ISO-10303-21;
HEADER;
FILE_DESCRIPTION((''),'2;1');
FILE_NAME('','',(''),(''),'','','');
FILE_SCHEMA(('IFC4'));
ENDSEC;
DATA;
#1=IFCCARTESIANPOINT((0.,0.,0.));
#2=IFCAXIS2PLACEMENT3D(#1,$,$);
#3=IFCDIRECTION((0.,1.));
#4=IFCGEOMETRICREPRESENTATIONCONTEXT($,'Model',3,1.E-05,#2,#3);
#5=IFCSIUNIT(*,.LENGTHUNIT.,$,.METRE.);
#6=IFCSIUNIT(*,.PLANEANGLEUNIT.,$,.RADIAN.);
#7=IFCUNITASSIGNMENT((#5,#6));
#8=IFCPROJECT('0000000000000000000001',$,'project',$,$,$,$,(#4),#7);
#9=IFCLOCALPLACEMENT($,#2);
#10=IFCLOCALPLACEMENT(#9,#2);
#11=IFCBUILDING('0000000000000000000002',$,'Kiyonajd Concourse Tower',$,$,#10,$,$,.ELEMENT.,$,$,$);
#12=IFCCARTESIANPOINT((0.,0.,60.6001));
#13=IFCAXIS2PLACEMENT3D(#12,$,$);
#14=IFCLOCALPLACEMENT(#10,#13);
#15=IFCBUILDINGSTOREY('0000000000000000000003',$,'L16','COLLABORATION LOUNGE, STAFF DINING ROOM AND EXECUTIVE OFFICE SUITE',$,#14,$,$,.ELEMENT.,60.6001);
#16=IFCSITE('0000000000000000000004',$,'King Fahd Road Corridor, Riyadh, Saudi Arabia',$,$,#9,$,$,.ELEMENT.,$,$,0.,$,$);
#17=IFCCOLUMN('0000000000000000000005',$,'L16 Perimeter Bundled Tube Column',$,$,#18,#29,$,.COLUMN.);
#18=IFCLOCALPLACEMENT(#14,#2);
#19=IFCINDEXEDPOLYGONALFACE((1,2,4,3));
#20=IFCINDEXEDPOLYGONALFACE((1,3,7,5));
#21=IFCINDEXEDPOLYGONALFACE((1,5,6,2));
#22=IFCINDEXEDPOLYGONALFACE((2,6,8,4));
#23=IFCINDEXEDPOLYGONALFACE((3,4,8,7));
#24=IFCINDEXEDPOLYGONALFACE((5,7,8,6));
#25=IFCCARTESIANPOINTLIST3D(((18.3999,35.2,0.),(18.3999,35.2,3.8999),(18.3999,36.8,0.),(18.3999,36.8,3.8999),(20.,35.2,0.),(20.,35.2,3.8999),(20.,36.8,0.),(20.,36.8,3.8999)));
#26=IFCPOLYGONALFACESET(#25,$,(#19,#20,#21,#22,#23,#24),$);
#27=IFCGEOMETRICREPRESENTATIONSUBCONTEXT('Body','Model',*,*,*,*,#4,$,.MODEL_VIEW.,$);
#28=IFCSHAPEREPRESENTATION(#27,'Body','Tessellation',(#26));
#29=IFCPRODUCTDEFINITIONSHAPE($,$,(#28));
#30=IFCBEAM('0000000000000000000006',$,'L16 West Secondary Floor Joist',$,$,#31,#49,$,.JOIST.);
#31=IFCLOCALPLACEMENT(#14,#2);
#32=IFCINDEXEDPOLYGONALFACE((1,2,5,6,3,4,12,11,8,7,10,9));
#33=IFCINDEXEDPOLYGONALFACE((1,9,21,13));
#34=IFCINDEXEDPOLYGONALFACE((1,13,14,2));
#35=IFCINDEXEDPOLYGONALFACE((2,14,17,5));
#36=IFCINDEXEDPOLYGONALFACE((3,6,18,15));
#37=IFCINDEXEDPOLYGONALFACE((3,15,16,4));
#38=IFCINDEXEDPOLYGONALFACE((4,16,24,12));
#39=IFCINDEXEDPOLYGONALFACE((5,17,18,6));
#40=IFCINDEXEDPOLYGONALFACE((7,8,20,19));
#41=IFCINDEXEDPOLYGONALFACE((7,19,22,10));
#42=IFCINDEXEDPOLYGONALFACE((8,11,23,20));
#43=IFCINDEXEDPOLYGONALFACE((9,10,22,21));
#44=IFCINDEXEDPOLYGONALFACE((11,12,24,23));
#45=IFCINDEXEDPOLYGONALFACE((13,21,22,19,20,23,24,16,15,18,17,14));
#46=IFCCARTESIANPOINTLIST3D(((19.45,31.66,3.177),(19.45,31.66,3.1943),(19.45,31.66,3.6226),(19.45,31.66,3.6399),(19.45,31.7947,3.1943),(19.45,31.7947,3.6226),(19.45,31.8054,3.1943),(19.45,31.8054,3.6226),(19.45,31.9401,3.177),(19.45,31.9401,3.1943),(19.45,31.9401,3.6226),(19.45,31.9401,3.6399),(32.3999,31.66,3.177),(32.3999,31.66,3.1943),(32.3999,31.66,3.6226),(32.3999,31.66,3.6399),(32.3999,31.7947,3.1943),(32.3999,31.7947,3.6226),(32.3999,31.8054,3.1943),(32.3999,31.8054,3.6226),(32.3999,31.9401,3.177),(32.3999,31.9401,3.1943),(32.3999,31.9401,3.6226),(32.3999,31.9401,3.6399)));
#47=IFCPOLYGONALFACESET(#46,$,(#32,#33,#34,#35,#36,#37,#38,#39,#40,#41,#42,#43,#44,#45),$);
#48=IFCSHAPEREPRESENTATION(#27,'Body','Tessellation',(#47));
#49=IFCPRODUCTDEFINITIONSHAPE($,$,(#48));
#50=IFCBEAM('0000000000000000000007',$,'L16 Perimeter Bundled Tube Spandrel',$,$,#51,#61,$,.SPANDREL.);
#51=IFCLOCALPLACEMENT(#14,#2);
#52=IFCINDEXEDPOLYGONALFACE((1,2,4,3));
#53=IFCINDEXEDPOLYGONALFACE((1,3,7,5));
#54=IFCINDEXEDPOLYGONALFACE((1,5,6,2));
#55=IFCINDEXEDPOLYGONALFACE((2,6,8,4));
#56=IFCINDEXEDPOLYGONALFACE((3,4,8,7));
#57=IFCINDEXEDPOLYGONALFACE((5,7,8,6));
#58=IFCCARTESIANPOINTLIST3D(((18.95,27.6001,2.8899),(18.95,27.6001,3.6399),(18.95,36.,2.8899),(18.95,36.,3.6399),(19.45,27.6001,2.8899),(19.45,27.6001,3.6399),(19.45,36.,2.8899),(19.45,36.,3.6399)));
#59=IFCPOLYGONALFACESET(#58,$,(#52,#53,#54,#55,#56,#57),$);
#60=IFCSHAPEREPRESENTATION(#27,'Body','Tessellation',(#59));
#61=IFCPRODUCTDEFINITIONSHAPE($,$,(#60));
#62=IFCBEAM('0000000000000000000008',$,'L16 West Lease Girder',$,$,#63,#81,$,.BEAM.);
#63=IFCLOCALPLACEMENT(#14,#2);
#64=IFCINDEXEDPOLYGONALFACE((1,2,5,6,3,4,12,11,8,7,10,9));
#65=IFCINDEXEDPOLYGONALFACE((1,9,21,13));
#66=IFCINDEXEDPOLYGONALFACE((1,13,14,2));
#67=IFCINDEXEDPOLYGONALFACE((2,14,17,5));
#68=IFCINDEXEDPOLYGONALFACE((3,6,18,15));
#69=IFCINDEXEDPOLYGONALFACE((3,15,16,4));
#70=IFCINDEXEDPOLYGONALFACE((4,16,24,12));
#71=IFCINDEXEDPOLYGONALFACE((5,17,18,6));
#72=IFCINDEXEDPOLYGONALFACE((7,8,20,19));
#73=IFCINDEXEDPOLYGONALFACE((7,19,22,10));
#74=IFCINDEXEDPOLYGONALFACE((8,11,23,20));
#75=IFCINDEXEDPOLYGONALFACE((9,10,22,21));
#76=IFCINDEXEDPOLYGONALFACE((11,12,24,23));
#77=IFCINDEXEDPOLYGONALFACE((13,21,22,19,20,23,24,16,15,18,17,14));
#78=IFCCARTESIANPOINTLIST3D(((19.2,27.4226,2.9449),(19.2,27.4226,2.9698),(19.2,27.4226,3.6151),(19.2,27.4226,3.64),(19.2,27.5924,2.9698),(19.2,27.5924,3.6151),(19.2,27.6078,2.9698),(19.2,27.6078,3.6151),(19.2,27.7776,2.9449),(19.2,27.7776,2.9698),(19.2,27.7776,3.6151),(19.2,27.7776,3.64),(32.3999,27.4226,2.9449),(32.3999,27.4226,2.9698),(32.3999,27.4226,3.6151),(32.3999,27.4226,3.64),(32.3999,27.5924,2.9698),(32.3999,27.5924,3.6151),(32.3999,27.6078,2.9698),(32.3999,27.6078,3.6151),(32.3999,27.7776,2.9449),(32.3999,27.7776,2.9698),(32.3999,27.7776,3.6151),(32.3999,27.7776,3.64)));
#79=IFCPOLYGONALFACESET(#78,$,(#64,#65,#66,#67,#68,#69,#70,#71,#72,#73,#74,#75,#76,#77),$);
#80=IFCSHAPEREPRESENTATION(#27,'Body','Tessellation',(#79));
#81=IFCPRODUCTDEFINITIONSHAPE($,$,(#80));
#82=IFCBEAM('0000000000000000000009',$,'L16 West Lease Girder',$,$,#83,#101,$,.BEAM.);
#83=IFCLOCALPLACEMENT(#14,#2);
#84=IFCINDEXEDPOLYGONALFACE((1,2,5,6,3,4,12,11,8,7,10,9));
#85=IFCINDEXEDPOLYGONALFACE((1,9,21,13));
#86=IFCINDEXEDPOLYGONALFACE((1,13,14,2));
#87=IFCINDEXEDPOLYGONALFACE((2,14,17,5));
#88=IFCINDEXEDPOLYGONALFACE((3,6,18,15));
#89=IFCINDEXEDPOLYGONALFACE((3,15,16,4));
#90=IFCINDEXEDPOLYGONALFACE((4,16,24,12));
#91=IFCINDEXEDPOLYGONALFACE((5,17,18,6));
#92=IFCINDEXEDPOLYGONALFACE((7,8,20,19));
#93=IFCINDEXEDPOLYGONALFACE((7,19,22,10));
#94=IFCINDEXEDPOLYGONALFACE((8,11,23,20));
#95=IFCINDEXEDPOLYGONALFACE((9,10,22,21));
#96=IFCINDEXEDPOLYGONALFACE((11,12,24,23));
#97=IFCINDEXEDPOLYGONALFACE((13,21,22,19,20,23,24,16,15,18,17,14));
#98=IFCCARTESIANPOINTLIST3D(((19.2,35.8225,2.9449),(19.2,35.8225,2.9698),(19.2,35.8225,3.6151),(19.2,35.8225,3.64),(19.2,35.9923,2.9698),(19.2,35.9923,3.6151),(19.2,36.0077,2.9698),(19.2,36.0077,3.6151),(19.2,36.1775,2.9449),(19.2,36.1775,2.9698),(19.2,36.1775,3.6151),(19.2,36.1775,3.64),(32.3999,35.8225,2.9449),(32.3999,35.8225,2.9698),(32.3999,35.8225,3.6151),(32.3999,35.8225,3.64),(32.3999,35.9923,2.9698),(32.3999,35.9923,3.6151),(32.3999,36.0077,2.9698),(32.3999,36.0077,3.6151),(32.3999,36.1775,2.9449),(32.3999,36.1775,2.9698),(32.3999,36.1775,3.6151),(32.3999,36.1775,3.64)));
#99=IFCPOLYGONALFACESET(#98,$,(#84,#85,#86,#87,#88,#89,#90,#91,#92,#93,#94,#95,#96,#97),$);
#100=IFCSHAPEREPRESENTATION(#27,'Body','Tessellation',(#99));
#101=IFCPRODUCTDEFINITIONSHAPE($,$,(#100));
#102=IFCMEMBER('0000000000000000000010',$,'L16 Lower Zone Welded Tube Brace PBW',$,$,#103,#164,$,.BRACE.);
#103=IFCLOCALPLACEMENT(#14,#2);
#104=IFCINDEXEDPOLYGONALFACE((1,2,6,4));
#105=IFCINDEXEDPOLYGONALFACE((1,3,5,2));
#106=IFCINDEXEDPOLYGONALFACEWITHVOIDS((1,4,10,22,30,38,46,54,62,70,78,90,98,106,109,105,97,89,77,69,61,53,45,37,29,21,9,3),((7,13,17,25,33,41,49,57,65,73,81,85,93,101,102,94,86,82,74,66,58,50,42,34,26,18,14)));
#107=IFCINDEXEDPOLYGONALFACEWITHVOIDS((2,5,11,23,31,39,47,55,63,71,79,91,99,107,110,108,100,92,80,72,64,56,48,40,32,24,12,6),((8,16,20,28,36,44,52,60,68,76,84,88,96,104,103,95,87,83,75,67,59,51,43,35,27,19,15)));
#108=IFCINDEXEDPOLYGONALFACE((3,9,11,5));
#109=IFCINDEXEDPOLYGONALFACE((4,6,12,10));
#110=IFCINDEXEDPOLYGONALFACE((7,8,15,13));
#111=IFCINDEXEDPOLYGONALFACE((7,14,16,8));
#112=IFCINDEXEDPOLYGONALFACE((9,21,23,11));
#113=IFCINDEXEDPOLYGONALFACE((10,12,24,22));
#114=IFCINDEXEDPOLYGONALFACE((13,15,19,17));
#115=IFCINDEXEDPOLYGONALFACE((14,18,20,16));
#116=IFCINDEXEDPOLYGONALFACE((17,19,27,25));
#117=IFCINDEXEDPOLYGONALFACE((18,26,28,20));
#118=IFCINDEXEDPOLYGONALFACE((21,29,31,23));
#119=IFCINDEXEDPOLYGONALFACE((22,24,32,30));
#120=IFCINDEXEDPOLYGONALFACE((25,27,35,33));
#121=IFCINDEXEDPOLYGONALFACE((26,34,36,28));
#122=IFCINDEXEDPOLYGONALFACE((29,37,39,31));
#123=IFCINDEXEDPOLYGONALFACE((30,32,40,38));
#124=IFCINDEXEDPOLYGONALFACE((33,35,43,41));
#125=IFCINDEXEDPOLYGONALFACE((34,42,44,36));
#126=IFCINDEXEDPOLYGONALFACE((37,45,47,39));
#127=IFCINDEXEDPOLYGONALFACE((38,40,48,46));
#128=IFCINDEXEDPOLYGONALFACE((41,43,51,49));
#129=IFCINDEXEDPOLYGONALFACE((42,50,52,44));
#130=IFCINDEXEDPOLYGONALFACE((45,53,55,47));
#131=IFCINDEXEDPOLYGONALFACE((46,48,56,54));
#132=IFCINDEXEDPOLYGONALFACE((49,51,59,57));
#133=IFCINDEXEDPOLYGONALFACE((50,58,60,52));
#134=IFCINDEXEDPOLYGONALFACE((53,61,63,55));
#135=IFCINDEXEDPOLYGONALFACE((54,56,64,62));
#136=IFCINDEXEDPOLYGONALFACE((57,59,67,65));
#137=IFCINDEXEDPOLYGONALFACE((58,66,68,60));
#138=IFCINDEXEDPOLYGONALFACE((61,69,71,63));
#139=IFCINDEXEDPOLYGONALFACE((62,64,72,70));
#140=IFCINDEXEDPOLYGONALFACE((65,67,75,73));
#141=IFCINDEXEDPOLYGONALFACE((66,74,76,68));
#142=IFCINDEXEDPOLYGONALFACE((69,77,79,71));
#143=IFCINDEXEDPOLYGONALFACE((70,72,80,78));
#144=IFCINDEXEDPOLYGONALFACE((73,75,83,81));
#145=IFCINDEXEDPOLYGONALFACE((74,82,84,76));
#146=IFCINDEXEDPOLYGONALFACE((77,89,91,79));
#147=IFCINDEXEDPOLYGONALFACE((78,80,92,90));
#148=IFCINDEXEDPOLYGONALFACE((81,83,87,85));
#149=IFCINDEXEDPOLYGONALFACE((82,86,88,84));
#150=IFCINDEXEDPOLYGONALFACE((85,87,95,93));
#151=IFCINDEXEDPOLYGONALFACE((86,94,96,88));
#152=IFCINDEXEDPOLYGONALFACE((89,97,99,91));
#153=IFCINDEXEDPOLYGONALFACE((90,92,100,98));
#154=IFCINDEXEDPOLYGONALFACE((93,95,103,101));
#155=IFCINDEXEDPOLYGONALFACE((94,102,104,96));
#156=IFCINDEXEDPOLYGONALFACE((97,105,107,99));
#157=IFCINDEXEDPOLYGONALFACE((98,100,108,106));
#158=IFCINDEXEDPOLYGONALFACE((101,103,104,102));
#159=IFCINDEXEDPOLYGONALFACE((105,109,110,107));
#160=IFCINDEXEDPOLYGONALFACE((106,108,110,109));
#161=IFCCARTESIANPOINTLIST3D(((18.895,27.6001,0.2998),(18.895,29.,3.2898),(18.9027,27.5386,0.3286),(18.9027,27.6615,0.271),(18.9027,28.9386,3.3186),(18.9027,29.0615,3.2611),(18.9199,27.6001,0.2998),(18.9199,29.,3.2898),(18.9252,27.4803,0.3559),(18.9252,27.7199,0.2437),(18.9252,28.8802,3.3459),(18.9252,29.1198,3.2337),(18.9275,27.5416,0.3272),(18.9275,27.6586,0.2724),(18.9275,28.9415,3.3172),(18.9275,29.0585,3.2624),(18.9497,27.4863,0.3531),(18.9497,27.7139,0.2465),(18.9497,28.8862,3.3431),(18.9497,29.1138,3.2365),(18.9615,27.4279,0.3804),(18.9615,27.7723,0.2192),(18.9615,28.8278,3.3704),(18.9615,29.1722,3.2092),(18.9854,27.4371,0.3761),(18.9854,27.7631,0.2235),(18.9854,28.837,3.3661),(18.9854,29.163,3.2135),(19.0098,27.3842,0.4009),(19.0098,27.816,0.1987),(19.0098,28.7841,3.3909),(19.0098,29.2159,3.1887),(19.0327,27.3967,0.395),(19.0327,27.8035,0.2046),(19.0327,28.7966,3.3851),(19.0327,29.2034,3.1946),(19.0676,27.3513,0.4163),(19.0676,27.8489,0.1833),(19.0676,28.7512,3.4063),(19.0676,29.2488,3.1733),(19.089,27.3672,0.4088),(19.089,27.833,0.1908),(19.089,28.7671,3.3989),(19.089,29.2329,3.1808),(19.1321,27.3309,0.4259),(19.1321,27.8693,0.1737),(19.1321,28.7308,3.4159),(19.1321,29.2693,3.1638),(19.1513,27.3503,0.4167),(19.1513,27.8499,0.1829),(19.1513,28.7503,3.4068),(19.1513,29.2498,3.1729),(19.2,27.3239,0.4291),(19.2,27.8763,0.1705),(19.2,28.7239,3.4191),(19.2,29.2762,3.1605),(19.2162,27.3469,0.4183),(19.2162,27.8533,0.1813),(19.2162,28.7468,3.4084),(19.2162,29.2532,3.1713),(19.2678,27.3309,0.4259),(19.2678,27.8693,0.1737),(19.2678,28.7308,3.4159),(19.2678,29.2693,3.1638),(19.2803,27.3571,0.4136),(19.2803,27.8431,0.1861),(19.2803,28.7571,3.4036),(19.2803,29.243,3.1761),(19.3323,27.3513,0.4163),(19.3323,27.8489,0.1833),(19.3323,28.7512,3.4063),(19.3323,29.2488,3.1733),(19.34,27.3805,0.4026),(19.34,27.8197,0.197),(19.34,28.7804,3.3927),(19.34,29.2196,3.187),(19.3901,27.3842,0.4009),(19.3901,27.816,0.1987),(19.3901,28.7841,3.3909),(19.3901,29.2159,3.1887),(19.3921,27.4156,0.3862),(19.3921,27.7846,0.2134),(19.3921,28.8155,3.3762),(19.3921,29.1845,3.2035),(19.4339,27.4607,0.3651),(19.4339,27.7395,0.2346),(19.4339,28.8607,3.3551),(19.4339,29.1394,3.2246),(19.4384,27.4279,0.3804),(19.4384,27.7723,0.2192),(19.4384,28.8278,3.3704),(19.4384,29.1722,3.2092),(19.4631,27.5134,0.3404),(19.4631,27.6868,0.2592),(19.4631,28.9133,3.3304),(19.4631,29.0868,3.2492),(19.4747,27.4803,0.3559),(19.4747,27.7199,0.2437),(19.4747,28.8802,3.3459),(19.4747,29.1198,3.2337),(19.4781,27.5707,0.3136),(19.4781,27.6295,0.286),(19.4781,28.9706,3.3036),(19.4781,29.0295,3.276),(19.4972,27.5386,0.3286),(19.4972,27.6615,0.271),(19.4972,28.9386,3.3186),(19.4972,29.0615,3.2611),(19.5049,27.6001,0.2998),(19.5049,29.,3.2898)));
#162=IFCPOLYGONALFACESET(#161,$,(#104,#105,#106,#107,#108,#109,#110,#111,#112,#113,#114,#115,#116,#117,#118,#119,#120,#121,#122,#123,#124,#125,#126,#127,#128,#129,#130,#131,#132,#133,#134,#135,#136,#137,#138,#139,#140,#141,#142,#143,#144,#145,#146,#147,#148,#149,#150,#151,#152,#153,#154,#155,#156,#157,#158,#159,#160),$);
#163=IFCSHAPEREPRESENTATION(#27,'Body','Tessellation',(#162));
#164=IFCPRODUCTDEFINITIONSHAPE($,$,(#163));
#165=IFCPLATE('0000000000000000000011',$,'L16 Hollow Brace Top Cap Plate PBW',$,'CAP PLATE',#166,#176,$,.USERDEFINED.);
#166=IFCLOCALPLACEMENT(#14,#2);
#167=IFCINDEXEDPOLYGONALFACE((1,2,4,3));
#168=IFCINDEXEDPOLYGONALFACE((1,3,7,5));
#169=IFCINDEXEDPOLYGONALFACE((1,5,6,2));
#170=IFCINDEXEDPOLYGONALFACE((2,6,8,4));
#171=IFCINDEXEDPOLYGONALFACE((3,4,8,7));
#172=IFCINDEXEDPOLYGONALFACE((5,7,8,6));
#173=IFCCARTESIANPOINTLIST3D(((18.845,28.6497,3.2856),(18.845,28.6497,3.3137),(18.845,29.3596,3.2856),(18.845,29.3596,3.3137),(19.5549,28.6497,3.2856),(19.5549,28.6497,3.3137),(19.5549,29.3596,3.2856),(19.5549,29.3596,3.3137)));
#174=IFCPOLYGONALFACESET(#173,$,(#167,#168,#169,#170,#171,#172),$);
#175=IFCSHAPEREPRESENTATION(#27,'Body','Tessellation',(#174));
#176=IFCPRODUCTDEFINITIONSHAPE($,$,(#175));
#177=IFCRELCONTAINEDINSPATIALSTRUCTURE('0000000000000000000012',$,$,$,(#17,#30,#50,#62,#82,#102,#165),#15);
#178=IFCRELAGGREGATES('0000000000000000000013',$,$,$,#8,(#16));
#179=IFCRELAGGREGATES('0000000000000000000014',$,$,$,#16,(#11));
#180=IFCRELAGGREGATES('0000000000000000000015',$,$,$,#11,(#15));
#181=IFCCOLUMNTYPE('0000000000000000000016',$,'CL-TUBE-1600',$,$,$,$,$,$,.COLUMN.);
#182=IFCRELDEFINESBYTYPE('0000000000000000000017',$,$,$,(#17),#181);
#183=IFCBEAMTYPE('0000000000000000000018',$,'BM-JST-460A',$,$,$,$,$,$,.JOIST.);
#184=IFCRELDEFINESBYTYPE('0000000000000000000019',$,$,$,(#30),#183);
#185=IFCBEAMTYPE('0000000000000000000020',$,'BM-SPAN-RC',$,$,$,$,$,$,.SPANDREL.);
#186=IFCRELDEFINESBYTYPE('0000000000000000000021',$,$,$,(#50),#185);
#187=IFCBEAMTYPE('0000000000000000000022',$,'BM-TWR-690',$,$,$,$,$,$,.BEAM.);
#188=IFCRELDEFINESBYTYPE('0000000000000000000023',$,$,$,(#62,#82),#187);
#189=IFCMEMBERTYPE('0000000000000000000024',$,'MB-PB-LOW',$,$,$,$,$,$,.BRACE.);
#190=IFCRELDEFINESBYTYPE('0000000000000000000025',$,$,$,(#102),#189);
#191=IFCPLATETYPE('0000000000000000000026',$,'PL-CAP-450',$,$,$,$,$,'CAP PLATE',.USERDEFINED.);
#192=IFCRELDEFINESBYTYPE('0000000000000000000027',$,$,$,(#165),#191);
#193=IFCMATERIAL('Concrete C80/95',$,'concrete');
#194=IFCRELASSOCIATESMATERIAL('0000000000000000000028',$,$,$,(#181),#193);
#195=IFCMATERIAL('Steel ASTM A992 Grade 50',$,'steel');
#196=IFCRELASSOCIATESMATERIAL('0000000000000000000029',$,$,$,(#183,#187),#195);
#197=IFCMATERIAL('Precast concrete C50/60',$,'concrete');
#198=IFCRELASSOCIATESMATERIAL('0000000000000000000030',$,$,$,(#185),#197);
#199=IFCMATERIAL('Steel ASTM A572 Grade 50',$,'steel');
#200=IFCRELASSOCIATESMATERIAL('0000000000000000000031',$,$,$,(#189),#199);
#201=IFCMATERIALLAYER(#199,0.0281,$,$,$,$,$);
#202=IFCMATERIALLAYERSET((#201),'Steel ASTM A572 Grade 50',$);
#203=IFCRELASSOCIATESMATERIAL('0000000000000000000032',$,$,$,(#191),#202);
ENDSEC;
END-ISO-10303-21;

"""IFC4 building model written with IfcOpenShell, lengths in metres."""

from ifc_helpers import new_model, si_unit, direction, frame, origin, origin_2d, place, context, subcontext, project, spatial, rectangle, hollow_circle, i_section, extrude, material, layer, layer_set, material_profile, profile_set, type_object, element, save


model = new_model("IFC4")

# Units and contexts
model_context = context("Model", 3, precision=1e-05, world=origin(), true_north=direction((0.0, 1.0)))
body_context = subcontext(model_context, "Body", "Model", "MODEL_VIEW")
ifc_project = project(units=[si_unit("LENGTHUNIT", "METRE"), si_unit("PLANEANGLEUNIT", "RADIAN")], contexts=[model_context])

# Site, building, storey
site_placement = place(None, origin())
site = spatial("IfcSite", under=ifc_project, at=site_placement, Name="King Fahd Road Corridor, Riyadh, Saudi Arabia", CompositionType="ELEMENT", RefElevation=0.0)
building_placement = place(site_placement, origin())
building = spatial("IfcBuilding", under=site, at=building_placement, Name="Kiyonajd Concourse Tower", CompositionType="ELEMENT")
storey_placement = place(building_placement, frame((0.0, 0.0, 60.6001)))
storey = spatial("IfcBuildingStorey", under=building, at=storey_placement, Name="L16", Description="COLLABORATION LOUNGE, STAFF DINING ROOM AND EXECUTIVE OFFICE SUITE", CompositionType="ELEMENT", Elevation=60.6001)

# Column
ifc_material_1 = material(Name="Concrete C80/95", Category="concrete")
ifc_material_profile_1 = material_profile(ifc_material_1, rectangle(XDim=1.6001, YDim=1.6001, at=origin_2d()), Name="RC-1600x1600")
ifc_profile_set_1 = profile_set([ifc_material_profile_1], Name="Concrete C80/95")
column_type = type_object("IfcColumnType", Name="CL-TUBE-1600", PredefinedType="COLUMN", material=ifc_profile_set_1)
column_placement = place(storey_placement, frame((19.2, 36.0, 0.0), z_axis=(0.0, 0.0, 1.0), x_axis=(1.0, 0.0, 0.0)))
element("IfcColumn", 1, at=column_placement, inside=storey, type_object=column_type, Name="L16 Perimeter Bundled Tube Column", PredefinedType="COLUMN", context=body_context, shape_type="SweptSolid", body=[
    extrude(rectangle(XDim=1.6001, YDim=1.6001, at=origin_2d()), origin(), (0.0, 0.0, 1.0), 3.8999),
])

# Beams
ifc_material_2 = material(Name="Steel ASTM A992 Grade 50", Category="steel")
ifc_material_profile_2 = material_profile(ifc_material_2, i_section(OverallWidth=0.28, OverallDepth=0.4629, WebThickness=0.0107, FlangeThickness=0.0173, at=origin_2d()), Name="W460X113")
ifc_profile_set_2 = profile_set([ifc_material_profile_2], Name="Steel ASTM A992 Grade 50")
beam_type_1 = type_object("IfcBeamType", Name="BM-JST-460A", PredefinedType="JOIST", material=ifc_profile_set_2)
beam_1_placement = place(storey_placement, frame((19.45, 31.8, 3.4084), z_axis=(1.0, 0.0, 0.0), x_axis=(0.0, 1.0, 0.0)))
element("IfcBeam", 2, at=beam_1_placement, inside=storey, type_object=beam_type_1, Name="L16 West Secondary Floor Joist", PredefinedType="JOIST", context=body_context, shape_type="SweptSolid", body=[
    extrude(i_section(OverallWidth=0.28, OverallDepth=0.4629, WebThickness=0.0107, FlangeThickness=0.0173, at=origin_2d()), origin(), (0.0, 0.0, 1.0), 12.95),
])
ifc_material_3 = material(Name="Precast concrete C50/60", Category="concrete")
ifc_material_profile_3 = material_profile(ifc_material_3, rectangle(XDim=0.5, YDim=0.75, at=origin_2d()), Name="RCBM-500x750")
ifc_profile_set_3 = profile_set([ifc_material_profile_3], Name="Precast concrete C50/60")
beam_type_2 = type_object("IfcBeamType", Name="BM-SPAN-RC", PredefinedType="SPANDREL", material=ifc_profile_set_3)
beam_2_placement = place(storey_placement, frame((19.2, 36.0, 3.2649), z_axis=(0.0, -1.0, 0.0), x_axis=(1.0, 0.0, 0.0)))
element("IfcBeam", 3, at=beam_2_placement, inside=storey, type_object=beam_type_2, Name="L16 Perimeter Bundled Tube Spandrel", PredefinedType="SPANDREL", context=body_context, shape_type="SweptSolid", body=[
    extrude(rectangle(XDim=0.5, YDim=0.75, at=origin_2d()), origin(), (0.0, 0.0, 1.0), 8.3999),
])
ifc_material_profile_4 = material_profile(ifc_material_2, i_section(OverallWidth=0.355, OverallDepth=0.6951, WebThickness=0.0154, FlangeThickness=0.0249, at=origin_2d()), Name="W690X217")
ifc_profile_set_4 = profile_set([ifc_material_profile_4], Name="Steel ASTM A992 Grade 50")
beam_type_3 = type_object("IfcBeamType", Name="BM-TWR-690", PredefinedType="BEAM", material=ifc_profile_set_4)
for number, where, z_axis, x_axis, name in (
    (4, (19.2, 27.6001, 3.2925), (1.0, 0.0, 0.0), (0.0, 1.0, 0.0), "L16 West Lease Girder"),
    (5, (19.2, 36.0, 3.2925), (1.0, 0.0, 0.0), (0.0, 1.0, 0.0), "L16 West Lease Girder"),
):
    element("IfcBeam", number, at=place(storey_placement, frame(where, z_axis=z_axis, x_axis=x_axis)), inside=storey, type_object=beam_type_3, Name=name, PredefinedType="BEAM", context=body_context, shape_type="SweptSolid", body=[
        extrude(i_section(OverallWidth=0.355, OverallDepth=0.6951, WebThickness=0.0154, FlangeThickness=0.0249, at=origin_2d()), origin(), (0.0, 0.0, 1.0), 13.2),
    ])

# Member
ifc_material_4 = material(Name="Steel ASTM A572 Grade 50", Category="steel")
ifc_material_profile_5 = material_profile(ifc_material_4, hollow_circle(Radius=0.3049, WallThickness=0.0249, at=origin_2d()), Name="CHS-610x25")
ifc_profile_set_5 = profile_set([ifc_material_profile_5], Name="Steel ASTM A572 Grade 50")
member_type = type_object("IfcMemberType", Name="MB-PB-LOW", PredefinedType="BRACE", material=ifc_profile_set_5)
member_placement = place(storey_placement, frame((19.2, 27.6001, 0.2998), z_axis=(0.0, 0.424023, 0.905652), x_axis=(-1.0, 0.0, 0.0)))
element("IfcMember", 6, at=member_placement, inside=storey, type_object=member_type, Name="L16 Lower Zone Welded Tube Brace PBW", PredefinedType="BRACE", context=body_context, shape_type="SweptSolid", body=[
    extrude(hollow_circle(Radius=0.3049, WallThickness=0.0249, at=origin_2d()), origin(), (0.0, 0.0, 1.0), 3.3015),
])

# Plate
ifc_layer_1 = layer(ifc_material_4, 0.0281)
ifc_layer_set_1 = layer_set([ifc_layer_1], Name="Steel ASTM A572 Grade 50")
plate_type_1 = type_object("IfcPlateType", Name="PL-CAP-450", ElementType="CAP PLATE", PredefinedType="USERDEFINED", material=ifc_layer_set_1)
plate_placement = place(storey_placement, frame((19.2, 29.0046, 3.2856), z_axis=(0.0, 0.0, 1.0), x_axis=(1.0, 0.0, 0.0)))
element("IfcPlate", 7, at=plate_placement, inside=storey, type_object=plate_type_1, Name="L16 Hollow Brace Top Cap Plate PBW", ObjectType="CAP PLATE", PredefinedType="USERDEFINED", context=body_context, shape_type="SweptSolid", body=[
    extrude(rectangle(XDim=0.71, YDim=0.71, at=origin_2d()), origin(), (0.0, 0.0, 1.0), 0.0281),
])

save(model, "model.ifc")
